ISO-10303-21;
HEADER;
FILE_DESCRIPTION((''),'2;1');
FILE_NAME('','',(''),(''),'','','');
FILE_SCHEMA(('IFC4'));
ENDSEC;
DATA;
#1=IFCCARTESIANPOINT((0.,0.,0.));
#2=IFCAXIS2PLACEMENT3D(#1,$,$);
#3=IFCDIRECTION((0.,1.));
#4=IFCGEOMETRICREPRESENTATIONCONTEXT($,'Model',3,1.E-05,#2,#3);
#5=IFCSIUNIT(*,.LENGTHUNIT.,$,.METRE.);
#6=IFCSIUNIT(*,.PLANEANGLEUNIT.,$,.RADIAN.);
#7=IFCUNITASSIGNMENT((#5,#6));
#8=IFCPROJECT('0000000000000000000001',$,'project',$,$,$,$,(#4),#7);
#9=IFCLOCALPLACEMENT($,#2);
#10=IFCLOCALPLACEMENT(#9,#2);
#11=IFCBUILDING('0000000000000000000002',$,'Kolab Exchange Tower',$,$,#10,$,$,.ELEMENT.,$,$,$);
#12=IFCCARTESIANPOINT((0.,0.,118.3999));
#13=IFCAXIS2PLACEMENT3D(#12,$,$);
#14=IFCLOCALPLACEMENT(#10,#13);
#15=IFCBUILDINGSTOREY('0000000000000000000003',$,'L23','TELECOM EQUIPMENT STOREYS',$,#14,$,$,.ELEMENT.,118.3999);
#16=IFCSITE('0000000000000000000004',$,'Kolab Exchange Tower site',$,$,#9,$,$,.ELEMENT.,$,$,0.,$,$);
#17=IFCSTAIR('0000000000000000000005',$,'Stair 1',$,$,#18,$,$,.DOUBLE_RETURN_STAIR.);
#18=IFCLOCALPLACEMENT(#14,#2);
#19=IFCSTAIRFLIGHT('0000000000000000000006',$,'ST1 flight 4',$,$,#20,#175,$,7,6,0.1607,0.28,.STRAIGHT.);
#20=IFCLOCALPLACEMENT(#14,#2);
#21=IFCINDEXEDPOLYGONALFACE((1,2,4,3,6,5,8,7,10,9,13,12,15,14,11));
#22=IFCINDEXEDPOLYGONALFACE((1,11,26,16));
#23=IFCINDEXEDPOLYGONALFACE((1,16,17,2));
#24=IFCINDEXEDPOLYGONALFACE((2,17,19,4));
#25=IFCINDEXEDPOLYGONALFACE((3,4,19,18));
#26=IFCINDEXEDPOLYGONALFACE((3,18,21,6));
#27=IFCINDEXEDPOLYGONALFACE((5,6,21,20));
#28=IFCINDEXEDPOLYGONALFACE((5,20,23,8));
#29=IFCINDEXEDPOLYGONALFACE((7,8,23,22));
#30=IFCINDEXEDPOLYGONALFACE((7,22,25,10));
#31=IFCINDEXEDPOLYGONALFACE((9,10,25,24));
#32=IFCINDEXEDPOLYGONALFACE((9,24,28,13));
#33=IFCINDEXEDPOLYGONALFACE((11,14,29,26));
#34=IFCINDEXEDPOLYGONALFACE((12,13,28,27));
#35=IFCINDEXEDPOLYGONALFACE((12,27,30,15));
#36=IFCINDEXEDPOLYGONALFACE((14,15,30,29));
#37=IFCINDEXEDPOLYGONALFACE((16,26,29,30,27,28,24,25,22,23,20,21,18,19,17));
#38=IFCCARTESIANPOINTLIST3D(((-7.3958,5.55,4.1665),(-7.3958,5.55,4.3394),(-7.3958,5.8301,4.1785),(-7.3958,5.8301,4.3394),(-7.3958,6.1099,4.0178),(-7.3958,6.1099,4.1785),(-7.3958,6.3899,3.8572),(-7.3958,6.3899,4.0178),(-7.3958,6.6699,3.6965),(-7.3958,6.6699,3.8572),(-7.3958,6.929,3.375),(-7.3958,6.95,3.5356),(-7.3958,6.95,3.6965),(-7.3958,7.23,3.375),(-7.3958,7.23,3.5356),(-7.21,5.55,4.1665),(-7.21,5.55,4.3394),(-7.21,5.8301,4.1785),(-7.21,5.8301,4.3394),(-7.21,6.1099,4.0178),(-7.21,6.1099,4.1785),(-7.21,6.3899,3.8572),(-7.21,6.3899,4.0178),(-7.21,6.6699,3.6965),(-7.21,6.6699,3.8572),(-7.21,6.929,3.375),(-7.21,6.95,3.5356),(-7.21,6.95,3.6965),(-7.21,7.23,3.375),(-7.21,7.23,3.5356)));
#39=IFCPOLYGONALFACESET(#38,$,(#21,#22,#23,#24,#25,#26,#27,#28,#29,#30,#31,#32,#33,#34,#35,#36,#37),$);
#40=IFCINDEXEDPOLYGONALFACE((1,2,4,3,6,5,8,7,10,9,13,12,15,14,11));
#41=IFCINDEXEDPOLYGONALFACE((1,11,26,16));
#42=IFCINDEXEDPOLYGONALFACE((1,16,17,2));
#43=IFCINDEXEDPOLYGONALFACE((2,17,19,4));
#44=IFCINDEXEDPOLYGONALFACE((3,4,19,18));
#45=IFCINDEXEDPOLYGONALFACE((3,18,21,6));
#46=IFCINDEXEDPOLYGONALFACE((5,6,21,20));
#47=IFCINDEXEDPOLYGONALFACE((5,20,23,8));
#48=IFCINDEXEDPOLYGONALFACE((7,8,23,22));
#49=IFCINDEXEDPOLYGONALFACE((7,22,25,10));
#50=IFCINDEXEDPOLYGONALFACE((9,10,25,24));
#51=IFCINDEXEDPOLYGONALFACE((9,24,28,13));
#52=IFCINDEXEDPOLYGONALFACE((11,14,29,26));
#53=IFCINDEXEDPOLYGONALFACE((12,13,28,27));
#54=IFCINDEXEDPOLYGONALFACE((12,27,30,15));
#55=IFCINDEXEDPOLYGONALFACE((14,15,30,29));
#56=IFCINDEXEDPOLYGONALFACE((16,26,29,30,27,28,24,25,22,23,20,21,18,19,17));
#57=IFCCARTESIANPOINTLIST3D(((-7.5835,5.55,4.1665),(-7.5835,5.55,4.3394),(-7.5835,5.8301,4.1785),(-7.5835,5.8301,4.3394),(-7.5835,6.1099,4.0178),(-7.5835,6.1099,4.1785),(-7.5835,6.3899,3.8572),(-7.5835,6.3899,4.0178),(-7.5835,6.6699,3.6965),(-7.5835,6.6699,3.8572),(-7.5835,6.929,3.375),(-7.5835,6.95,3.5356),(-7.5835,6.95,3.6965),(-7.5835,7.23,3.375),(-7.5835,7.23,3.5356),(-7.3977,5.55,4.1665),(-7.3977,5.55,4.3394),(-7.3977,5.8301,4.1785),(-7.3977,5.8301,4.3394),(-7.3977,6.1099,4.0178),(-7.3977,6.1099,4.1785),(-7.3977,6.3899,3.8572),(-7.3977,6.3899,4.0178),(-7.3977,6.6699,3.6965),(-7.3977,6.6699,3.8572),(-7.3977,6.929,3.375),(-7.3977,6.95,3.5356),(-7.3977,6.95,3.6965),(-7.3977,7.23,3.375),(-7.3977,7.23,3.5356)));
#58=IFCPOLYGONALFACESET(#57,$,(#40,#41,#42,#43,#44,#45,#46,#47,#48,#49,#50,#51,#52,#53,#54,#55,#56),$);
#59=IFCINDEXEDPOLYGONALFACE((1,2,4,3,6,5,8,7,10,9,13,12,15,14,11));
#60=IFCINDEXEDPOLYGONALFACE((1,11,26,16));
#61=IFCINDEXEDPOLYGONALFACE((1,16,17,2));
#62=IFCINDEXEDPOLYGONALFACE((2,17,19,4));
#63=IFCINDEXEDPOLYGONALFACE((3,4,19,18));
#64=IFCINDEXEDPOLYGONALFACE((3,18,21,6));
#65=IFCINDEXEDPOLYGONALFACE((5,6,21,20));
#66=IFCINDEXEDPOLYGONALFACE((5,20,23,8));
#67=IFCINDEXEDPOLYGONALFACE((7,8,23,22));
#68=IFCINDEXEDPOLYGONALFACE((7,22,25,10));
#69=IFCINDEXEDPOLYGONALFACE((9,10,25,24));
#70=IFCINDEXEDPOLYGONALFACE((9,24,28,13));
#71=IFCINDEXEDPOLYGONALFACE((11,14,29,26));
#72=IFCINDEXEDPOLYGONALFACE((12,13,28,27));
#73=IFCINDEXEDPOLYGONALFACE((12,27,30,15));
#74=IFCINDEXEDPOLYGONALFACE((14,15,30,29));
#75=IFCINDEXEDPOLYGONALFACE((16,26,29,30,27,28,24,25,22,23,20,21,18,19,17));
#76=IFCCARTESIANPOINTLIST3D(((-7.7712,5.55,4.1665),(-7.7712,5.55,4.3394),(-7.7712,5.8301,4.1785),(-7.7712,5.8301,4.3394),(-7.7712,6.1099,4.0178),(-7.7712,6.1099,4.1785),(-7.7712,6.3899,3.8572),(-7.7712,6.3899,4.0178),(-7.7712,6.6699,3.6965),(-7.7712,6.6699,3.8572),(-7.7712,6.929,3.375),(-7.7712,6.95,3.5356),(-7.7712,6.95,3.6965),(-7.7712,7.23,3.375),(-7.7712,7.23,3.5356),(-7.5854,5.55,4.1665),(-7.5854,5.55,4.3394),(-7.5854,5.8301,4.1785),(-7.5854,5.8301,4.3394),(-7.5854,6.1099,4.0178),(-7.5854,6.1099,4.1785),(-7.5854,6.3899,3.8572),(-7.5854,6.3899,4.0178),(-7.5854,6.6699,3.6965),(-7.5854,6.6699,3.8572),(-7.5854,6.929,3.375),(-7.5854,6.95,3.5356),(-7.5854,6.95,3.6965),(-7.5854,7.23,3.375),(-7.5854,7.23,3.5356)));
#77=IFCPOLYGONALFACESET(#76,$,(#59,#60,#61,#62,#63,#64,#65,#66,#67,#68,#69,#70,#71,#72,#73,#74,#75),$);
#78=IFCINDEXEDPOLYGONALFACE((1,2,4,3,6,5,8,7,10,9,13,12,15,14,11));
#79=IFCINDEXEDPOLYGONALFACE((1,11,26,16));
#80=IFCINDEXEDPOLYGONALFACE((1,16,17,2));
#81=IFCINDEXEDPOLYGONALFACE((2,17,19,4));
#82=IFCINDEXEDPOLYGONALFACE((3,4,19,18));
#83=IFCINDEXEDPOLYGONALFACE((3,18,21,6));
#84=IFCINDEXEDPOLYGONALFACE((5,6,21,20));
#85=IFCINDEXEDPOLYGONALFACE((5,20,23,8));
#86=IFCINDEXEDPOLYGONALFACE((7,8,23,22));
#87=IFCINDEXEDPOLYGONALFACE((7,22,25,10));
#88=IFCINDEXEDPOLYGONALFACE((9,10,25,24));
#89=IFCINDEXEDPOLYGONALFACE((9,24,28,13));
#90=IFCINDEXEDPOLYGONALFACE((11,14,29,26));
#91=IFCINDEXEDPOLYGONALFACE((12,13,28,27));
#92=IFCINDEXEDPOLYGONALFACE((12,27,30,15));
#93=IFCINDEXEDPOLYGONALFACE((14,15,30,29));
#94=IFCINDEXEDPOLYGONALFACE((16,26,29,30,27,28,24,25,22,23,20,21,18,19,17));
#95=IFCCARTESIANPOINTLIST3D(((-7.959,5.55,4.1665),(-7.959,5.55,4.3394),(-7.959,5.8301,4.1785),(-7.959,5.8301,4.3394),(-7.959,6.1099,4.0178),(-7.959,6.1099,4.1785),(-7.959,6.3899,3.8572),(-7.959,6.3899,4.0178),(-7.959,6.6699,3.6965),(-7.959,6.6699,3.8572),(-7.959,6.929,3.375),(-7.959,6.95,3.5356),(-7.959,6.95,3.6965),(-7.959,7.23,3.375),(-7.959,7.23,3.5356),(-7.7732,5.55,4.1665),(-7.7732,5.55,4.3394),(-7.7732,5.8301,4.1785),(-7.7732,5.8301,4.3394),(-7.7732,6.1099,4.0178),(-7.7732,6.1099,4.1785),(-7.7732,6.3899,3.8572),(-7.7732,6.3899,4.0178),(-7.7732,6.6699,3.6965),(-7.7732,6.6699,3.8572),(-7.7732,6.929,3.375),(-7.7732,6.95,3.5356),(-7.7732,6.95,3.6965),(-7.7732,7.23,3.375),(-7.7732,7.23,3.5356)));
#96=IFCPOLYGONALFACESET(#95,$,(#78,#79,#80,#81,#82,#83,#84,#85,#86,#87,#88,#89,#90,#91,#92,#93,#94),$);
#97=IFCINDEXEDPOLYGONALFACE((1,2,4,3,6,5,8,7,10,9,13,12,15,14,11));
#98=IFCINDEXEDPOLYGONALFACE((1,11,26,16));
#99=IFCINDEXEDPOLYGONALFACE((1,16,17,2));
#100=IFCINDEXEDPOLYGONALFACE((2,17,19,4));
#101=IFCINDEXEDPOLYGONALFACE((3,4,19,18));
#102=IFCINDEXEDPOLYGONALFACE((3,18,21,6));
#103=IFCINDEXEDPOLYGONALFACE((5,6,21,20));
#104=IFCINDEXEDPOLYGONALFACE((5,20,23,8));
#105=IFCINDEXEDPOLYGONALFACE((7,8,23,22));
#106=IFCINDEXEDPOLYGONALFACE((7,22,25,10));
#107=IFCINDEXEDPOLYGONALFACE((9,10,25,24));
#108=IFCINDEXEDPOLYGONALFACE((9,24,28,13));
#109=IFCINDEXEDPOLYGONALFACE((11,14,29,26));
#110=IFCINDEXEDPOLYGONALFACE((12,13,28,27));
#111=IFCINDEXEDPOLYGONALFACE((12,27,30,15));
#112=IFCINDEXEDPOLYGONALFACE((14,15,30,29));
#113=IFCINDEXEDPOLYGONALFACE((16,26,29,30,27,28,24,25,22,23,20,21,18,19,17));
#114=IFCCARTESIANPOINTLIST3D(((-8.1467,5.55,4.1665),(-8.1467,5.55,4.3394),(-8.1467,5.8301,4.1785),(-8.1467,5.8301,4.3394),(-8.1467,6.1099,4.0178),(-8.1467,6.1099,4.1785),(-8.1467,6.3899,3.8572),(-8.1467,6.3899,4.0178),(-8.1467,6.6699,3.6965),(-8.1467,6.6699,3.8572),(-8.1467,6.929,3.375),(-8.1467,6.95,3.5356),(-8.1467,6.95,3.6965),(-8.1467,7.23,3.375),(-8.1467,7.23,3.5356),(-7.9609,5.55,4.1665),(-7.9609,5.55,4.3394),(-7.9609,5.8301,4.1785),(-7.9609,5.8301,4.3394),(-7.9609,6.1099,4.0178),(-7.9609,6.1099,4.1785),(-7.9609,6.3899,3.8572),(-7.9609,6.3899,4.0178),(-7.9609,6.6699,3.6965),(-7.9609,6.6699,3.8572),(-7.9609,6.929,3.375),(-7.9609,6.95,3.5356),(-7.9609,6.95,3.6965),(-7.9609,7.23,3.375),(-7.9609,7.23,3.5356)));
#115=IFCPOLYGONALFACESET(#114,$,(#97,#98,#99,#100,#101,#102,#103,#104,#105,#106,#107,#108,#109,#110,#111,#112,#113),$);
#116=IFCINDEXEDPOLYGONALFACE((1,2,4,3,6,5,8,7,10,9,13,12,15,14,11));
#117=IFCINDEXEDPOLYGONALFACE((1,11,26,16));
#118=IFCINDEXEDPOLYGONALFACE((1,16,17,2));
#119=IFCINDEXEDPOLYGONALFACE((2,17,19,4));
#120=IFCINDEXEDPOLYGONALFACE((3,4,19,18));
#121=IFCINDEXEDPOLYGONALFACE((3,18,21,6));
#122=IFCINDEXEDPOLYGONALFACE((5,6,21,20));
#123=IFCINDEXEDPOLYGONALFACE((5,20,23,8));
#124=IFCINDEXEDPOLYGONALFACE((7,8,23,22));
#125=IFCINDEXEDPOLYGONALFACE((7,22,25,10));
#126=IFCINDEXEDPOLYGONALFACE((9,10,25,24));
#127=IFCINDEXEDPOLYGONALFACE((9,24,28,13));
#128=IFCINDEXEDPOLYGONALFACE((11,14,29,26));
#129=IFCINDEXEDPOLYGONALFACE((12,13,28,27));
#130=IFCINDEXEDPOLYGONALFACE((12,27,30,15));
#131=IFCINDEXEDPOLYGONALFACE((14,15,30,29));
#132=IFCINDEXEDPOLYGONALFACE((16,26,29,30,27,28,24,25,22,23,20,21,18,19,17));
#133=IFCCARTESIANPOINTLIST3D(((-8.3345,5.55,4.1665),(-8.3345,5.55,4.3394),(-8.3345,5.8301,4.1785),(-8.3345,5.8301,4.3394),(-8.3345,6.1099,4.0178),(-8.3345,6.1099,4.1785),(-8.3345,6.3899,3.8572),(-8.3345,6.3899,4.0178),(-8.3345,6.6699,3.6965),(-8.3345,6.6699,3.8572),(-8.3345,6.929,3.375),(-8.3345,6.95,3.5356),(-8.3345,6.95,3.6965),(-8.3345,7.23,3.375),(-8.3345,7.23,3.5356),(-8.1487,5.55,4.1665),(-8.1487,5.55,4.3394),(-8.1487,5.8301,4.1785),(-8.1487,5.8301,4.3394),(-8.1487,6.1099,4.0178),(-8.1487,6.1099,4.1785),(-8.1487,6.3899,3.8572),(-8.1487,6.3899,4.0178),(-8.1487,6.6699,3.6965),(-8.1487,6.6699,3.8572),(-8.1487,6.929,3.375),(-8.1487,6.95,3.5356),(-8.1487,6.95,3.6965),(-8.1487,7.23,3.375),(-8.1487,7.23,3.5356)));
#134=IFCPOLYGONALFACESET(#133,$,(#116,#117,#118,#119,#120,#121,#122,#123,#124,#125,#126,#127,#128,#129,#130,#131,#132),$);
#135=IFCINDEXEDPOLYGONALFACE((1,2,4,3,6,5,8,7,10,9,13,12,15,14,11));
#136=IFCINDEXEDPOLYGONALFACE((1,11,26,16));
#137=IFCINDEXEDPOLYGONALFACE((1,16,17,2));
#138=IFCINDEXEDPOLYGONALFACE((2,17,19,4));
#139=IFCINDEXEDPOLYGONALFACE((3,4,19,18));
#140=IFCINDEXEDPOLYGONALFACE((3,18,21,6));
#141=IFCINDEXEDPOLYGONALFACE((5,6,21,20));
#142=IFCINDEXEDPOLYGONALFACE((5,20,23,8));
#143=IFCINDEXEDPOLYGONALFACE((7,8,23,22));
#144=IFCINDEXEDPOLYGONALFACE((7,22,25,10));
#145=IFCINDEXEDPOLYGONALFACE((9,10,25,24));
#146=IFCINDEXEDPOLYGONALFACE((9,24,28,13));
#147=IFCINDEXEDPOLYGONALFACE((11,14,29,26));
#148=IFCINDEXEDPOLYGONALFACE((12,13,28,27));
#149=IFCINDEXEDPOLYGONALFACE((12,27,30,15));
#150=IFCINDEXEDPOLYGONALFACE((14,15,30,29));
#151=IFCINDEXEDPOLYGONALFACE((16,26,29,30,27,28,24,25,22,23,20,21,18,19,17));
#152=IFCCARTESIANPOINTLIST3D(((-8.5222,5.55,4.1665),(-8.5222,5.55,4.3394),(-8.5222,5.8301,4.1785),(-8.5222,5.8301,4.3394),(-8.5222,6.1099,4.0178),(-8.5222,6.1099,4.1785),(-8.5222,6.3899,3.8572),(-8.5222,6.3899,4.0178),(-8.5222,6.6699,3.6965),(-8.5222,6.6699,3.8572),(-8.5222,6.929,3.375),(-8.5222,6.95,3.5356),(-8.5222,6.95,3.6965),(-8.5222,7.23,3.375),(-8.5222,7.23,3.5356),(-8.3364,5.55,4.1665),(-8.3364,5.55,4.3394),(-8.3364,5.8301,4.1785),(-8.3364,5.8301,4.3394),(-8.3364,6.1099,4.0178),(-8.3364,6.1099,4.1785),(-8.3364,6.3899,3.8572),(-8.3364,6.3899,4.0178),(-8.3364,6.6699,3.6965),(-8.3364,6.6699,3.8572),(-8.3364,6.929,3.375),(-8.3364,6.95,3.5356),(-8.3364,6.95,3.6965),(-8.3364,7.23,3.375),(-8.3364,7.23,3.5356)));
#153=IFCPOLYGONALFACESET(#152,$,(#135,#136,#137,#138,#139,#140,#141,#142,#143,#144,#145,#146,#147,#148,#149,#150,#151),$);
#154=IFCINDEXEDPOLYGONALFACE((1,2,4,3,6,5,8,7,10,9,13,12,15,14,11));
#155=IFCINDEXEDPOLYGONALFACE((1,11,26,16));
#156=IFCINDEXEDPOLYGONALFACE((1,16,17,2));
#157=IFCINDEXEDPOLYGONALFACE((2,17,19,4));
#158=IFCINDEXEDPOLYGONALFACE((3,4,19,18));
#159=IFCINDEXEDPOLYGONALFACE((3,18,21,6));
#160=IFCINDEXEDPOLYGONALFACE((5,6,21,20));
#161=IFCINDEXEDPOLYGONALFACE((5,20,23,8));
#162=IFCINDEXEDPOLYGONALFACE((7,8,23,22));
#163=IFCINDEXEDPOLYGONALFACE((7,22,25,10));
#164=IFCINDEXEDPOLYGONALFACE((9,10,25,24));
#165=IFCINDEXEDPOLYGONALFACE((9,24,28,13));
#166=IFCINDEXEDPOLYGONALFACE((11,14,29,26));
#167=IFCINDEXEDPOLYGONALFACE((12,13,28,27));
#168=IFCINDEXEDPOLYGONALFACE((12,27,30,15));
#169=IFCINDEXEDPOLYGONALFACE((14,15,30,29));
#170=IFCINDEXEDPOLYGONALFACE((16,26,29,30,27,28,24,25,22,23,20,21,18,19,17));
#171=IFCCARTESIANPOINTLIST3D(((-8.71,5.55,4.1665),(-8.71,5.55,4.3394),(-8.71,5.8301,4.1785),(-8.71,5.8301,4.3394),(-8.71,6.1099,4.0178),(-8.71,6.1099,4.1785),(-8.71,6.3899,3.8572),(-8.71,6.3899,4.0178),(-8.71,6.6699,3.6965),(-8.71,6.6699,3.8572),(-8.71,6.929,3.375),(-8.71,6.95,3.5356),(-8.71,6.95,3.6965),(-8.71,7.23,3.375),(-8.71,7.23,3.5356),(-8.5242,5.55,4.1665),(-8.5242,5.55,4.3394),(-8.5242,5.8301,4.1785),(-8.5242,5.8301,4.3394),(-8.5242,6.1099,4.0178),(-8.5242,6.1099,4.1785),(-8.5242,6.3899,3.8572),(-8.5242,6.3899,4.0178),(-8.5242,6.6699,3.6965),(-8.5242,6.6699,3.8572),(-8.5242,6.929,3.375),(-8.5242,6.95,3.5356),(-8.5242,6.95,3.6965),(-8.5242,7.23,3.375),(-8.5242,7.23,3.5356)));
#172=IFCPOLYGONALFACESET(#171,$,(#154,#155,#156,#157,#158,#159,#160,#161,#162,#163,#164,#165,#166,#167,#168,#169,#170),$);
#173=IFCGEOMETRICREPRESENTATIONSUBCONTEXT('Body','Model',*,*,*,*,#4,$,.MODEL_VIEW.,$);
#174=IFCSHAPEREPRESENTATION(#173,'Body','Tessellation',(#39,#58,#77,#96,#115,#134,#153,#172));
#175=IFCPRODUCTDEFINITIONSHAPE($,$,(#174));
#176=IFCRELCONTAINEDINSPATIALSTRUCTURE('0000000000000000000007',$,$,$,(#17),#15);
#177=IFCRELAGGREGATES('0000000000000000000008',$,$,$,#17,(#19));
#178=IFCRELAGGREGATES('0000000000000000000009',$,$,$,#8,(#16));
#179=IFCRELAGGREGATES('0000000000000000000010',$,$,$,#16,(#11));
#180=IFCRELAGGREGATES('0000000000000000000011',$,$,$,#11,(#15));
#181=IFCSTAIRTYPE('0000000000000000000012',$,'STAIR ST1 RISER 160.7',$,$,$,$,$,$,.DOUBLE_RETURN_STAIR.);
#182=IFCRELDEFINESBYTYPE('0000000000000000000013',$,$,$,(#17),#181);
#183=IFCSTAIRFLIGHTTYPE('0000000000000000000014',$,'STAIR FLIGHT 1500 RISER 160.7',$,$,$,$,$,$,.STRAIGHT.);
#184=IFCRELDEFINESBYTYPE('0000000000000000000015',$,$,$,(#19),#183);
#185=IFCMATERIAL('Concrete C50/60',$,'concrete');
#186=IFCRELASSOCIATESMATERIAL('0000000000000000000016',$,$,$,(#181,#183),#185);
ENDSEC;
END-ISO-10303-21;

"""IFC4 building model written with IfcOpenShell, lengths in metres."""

from ifc_helpers import new_model, si_unit, direction, frame, origin, place, context, subcontext, project, spatial, polyline, outline, extrude, material, type_object, element, aggregate, save


model = new_model("IFC4")

# Units and contexts
model_context = context("Model", 3, precision=1e-05, world=origin(), true_north=direction((0.0, 1.0)))
body_context = subcontext(model_context, "Body", "Model", "MODEL_VIEW")
ifc_project = project(units=[si_unit("LENGTHUNIT", "METRE"), si_unit("PLANEANGLEUNIT", "RADIAN")], contexts=[model_context])

# Site, building, storey
site_placement = place(None, origin())
site = spatial("IfcSite", under=ifc_project, at=site_placement, Name="Kolab Exchange Tower site", CompositionType="ELEMENT", RefElevation=0.0)
building_placement = place(site_placement, origin())
building = spatial("IfcBuilding", under=site, at=building_placement, Name="Kolab Exchange Tower", CompositionType="ELEMENT")
storey_placement = place(building_placement, frame((0.0, 0.0, 118.3999)))
storey = spatial("IfcBuildingStorey", under=building, at=storey_placement, Name="L23", Description="TELECOM EQUIPMENT STOREYS", CompositionType="ELEMENT", Elevation=118.3999)

# Shared definitions
ifc_material_1 = material(Name="Concrete C50/60", Category="concrete")

# Stair, stair flight
stair_type = type_object("IfcStairType", Name="STAIR ST1 RISER 160.7", PredefinedType="DOUBLE_RETURN_STAIR", material=ifc_material_1)
stair_placement = place(storey_placement, origin())
stair = element("IfcStair", 1, at=stair_placement, inside=storey, type_object=stair_type, Name="Stair 1", PredefinedType="DOUBLE_RETURN_STAIR")
stair_flight_type = type_object("IfcStairFlightType", Name="STAIR FLIGHT 1500 RISER 160.7", PredefinedType="STRAIGHT", material=ifc_material_1)
stair_flight_1_placement = place(storey_placement, frame((-7.96, 7.23, 3.375), z_axis=(0.0, 0.0, 1.0), x_axis=(0.0, -1.0, 0.0)))
stair_flight_1 = element("IfcStairFlight", 2, at=stair_flight_1_placement, type_object=stair_flight_type, Name="ST1 flight 4", NumberOfRisers=7, NumberOfTreads=6, PredefinedType="STRAIGHT", RiserHeight=0.1607, TreadLength=0.28, context=body_context, shape_type="SweptSolid", body=[
    extrude(outline(polyline([(0.0, 0.0), (0.0, 0.1606), (0.28, 0.1606), (0.28, 0.3215), (0.5601, 0.3215), (0.5601, 0.4822), (0.8401, 0.4822), (0.8401, 0.6428), (1.1201, 0.6428), (1.1201, 0.8035), (1.3999, 0.8035), (1.3999, 0.9644), (1.6799, 0.9644), (1.6799, 1.125), (1.6799, 0.7915), (0.301, 0.0), (0.0, 0.0)])), frame((0.0, 0.75, 0.0), z_axis=(0.0, -1.0, 0.0), x_axis=(1.0, 0.0, 0.0)), (0.0, 0.0, 1.0), 0.1858),
    extrude(outline(polyline([(0.0, 0.0), (0.0, 0.1606), (0.28, 0.1606), (0.28, 0.3215), (0.5601, 0.3215), (0.5601, 0.4822), (0.8401, 0.4822), (0.8401, 0.6428), (1.1201, 0.6428), (1.1201, 0.8035), (1.3999, 0.8035), (1.3999, 0.9644), (1.6799, 0.9644), (1.6799, 1.125), (1.6799, 0.7915), (0.301, 0.0), (0.0, 0.0)])), frame((0.0, 0.5623, 0.0), z_axis=(0.0, -1.0, 0.0), x_axis=(1.0, 0.0, 0.0)), (0.0, 0.0, 1.0), 0.1858),
    extrude(outline(polyline([(0.0, 0.0), (0.0, 0.1606), (0.28, 0.1606), (0.28, 0.3215), (0.5601, 0.3215), (0.5601, 0.4822), (0.8401, 0.4822), (0.8401, 0.6428), (1.1201, 0.6428), (1.1201, 0.8035), (1.3999, 0.8035), (1.3999, 0.9644), (1.6799, 0.9644), (1.6799, 1.125), (1.6799, 0.7915), (0.301, 0.0), (0.0, 0.0)])), frame((0.0, 0.3745, 0.0), z_axis=(0.0, -1.0, 0.0), x_axis=(1.0, 0.0, 0.0)), (0.0, 0.0, 1.0), 0.1858),
    extrude(outline(polyline([(0.0, 0.0), (0.0, 0.1606), (0.28, 0.1606), (0.28, 0.3215), (0.5601, 0.3215), (0.5601, 0.4822), (0.8401, 0.4822), (0.8401, 0.6428), (1.1201, 0.6428), (1.1201, 0.8035), (1.3999, 0.8035), (1.3999, 0.9644), (1.6799, 0.9644), (1.6799, 1.125), (1.6799, 0.7915), (0.301, 0.0), (0.0, 0.0)])), frame((0.0, 0.1868, 0.0), z_axis=(0.0, -1.0, 0.0), x_axis=(1.0, 0.0, 0.0)), (0.0, 0.0, 1.0), 0.1858),
    extrude(outline(polyline([(0.0, 0.0), (0.0, 0.1606), (0.28, 0.1606), (0.28, 0.3215), (0.5601, 0.3215), (0.5601, 0.4822), (0.8401, 0.4822), (0.8401, 0.6428), (1.1201, 0.6428), (1.1201, 0.8035), (1.3999, 0.8035), (1.3999, 0.9644), (1.6799, 0.9644), (1.6799, 1.125), (1.6799, 0.7915), (0.301, 0.0), (0.0, 0.0)])), frame((0.0, -0.001, 0.0), z_axis=(0.0, -1.0, 0.0), x_axis=(1.0, 0.0, 0.0)), (0.0, 0.0, 1.0), 0.1858),
    extrude(outline(polyline([(0.0, 0.0), (0.0, 0.1606), (0.28, 0.1606), (0.28, 0.3215), (0.5601, 0.3215), (0.5601, 0.4822), (0.8401, 0.4822), (0.8401, 0.6428), (1.1201, 0.6428), (1.1201, 0.8035), (1.3999, 0.8035), (1.3999, 0.9644), (1.6799, 0.9644), (1.6799, 1.125), (1.6799, 0.7915), (0.301, 0.0), (0.0, 0.0)])), frame((0.0, -0.1887, 0.0), z_axis=(0.0, -1.0, 0.0), x_axis=(1.0, 0.0, 0.0)), (0.0, 0.0, 1.0), 0.1858),
    extrude(outline(polyline([(0.0, 0.0), (0.0, 0.1606), (0.28, 0.1606), (0.28, 0.3215), (0.5601, 0.3215), (0.5601, 0.4822), (0.8401, 0.4822), (0.8401, 0.6428), (1.1201, 0.6428), (1.1201, 0.8035), (1.3999, 0.8035), (1.3999, 0.9644), (1.6799, 0.9644), (1.6799, 1.125), (1.6799, 0.7915), (0.301, 0.0), (0.0, 0.0)])), frame((0.0, -0.3765, 0.0), z_axis=(0.0, -1.0, 0.0), x_axis=(1.0, 0.0, 0.0)), (0.0, 0.0, 1.0), 0.1858),
    extrude(outline(polyline([(0.0, 0.0), (0.0, 0.1606), (0.28, 0.1606), (0.28, 0.3215), (0.5601, 0.3215), (0.5601, 0.4822), (0.8401, 0.4822), (0.8401, 0.6428), (1.1201, 0.6428), (1.1201, 0.8035), (1.3999, 0.8035), (1.3999, 0.9644), (1.6799, 0.9644), (1.6799, 1.125), (1.6799, 0.7915), (0.301, 0.0), (0.0, 0.0)])), frame((0.0, -0.5642, 0.0), z_axis=(0.0, -1.0, 0.0), x_axis=(1.0, 0.0, 0.0)), (0.0, 0.0, 1.0), 0.1858),
])
aggregate(stair, [stair_flight_1])

save(model, "model.ifc")
